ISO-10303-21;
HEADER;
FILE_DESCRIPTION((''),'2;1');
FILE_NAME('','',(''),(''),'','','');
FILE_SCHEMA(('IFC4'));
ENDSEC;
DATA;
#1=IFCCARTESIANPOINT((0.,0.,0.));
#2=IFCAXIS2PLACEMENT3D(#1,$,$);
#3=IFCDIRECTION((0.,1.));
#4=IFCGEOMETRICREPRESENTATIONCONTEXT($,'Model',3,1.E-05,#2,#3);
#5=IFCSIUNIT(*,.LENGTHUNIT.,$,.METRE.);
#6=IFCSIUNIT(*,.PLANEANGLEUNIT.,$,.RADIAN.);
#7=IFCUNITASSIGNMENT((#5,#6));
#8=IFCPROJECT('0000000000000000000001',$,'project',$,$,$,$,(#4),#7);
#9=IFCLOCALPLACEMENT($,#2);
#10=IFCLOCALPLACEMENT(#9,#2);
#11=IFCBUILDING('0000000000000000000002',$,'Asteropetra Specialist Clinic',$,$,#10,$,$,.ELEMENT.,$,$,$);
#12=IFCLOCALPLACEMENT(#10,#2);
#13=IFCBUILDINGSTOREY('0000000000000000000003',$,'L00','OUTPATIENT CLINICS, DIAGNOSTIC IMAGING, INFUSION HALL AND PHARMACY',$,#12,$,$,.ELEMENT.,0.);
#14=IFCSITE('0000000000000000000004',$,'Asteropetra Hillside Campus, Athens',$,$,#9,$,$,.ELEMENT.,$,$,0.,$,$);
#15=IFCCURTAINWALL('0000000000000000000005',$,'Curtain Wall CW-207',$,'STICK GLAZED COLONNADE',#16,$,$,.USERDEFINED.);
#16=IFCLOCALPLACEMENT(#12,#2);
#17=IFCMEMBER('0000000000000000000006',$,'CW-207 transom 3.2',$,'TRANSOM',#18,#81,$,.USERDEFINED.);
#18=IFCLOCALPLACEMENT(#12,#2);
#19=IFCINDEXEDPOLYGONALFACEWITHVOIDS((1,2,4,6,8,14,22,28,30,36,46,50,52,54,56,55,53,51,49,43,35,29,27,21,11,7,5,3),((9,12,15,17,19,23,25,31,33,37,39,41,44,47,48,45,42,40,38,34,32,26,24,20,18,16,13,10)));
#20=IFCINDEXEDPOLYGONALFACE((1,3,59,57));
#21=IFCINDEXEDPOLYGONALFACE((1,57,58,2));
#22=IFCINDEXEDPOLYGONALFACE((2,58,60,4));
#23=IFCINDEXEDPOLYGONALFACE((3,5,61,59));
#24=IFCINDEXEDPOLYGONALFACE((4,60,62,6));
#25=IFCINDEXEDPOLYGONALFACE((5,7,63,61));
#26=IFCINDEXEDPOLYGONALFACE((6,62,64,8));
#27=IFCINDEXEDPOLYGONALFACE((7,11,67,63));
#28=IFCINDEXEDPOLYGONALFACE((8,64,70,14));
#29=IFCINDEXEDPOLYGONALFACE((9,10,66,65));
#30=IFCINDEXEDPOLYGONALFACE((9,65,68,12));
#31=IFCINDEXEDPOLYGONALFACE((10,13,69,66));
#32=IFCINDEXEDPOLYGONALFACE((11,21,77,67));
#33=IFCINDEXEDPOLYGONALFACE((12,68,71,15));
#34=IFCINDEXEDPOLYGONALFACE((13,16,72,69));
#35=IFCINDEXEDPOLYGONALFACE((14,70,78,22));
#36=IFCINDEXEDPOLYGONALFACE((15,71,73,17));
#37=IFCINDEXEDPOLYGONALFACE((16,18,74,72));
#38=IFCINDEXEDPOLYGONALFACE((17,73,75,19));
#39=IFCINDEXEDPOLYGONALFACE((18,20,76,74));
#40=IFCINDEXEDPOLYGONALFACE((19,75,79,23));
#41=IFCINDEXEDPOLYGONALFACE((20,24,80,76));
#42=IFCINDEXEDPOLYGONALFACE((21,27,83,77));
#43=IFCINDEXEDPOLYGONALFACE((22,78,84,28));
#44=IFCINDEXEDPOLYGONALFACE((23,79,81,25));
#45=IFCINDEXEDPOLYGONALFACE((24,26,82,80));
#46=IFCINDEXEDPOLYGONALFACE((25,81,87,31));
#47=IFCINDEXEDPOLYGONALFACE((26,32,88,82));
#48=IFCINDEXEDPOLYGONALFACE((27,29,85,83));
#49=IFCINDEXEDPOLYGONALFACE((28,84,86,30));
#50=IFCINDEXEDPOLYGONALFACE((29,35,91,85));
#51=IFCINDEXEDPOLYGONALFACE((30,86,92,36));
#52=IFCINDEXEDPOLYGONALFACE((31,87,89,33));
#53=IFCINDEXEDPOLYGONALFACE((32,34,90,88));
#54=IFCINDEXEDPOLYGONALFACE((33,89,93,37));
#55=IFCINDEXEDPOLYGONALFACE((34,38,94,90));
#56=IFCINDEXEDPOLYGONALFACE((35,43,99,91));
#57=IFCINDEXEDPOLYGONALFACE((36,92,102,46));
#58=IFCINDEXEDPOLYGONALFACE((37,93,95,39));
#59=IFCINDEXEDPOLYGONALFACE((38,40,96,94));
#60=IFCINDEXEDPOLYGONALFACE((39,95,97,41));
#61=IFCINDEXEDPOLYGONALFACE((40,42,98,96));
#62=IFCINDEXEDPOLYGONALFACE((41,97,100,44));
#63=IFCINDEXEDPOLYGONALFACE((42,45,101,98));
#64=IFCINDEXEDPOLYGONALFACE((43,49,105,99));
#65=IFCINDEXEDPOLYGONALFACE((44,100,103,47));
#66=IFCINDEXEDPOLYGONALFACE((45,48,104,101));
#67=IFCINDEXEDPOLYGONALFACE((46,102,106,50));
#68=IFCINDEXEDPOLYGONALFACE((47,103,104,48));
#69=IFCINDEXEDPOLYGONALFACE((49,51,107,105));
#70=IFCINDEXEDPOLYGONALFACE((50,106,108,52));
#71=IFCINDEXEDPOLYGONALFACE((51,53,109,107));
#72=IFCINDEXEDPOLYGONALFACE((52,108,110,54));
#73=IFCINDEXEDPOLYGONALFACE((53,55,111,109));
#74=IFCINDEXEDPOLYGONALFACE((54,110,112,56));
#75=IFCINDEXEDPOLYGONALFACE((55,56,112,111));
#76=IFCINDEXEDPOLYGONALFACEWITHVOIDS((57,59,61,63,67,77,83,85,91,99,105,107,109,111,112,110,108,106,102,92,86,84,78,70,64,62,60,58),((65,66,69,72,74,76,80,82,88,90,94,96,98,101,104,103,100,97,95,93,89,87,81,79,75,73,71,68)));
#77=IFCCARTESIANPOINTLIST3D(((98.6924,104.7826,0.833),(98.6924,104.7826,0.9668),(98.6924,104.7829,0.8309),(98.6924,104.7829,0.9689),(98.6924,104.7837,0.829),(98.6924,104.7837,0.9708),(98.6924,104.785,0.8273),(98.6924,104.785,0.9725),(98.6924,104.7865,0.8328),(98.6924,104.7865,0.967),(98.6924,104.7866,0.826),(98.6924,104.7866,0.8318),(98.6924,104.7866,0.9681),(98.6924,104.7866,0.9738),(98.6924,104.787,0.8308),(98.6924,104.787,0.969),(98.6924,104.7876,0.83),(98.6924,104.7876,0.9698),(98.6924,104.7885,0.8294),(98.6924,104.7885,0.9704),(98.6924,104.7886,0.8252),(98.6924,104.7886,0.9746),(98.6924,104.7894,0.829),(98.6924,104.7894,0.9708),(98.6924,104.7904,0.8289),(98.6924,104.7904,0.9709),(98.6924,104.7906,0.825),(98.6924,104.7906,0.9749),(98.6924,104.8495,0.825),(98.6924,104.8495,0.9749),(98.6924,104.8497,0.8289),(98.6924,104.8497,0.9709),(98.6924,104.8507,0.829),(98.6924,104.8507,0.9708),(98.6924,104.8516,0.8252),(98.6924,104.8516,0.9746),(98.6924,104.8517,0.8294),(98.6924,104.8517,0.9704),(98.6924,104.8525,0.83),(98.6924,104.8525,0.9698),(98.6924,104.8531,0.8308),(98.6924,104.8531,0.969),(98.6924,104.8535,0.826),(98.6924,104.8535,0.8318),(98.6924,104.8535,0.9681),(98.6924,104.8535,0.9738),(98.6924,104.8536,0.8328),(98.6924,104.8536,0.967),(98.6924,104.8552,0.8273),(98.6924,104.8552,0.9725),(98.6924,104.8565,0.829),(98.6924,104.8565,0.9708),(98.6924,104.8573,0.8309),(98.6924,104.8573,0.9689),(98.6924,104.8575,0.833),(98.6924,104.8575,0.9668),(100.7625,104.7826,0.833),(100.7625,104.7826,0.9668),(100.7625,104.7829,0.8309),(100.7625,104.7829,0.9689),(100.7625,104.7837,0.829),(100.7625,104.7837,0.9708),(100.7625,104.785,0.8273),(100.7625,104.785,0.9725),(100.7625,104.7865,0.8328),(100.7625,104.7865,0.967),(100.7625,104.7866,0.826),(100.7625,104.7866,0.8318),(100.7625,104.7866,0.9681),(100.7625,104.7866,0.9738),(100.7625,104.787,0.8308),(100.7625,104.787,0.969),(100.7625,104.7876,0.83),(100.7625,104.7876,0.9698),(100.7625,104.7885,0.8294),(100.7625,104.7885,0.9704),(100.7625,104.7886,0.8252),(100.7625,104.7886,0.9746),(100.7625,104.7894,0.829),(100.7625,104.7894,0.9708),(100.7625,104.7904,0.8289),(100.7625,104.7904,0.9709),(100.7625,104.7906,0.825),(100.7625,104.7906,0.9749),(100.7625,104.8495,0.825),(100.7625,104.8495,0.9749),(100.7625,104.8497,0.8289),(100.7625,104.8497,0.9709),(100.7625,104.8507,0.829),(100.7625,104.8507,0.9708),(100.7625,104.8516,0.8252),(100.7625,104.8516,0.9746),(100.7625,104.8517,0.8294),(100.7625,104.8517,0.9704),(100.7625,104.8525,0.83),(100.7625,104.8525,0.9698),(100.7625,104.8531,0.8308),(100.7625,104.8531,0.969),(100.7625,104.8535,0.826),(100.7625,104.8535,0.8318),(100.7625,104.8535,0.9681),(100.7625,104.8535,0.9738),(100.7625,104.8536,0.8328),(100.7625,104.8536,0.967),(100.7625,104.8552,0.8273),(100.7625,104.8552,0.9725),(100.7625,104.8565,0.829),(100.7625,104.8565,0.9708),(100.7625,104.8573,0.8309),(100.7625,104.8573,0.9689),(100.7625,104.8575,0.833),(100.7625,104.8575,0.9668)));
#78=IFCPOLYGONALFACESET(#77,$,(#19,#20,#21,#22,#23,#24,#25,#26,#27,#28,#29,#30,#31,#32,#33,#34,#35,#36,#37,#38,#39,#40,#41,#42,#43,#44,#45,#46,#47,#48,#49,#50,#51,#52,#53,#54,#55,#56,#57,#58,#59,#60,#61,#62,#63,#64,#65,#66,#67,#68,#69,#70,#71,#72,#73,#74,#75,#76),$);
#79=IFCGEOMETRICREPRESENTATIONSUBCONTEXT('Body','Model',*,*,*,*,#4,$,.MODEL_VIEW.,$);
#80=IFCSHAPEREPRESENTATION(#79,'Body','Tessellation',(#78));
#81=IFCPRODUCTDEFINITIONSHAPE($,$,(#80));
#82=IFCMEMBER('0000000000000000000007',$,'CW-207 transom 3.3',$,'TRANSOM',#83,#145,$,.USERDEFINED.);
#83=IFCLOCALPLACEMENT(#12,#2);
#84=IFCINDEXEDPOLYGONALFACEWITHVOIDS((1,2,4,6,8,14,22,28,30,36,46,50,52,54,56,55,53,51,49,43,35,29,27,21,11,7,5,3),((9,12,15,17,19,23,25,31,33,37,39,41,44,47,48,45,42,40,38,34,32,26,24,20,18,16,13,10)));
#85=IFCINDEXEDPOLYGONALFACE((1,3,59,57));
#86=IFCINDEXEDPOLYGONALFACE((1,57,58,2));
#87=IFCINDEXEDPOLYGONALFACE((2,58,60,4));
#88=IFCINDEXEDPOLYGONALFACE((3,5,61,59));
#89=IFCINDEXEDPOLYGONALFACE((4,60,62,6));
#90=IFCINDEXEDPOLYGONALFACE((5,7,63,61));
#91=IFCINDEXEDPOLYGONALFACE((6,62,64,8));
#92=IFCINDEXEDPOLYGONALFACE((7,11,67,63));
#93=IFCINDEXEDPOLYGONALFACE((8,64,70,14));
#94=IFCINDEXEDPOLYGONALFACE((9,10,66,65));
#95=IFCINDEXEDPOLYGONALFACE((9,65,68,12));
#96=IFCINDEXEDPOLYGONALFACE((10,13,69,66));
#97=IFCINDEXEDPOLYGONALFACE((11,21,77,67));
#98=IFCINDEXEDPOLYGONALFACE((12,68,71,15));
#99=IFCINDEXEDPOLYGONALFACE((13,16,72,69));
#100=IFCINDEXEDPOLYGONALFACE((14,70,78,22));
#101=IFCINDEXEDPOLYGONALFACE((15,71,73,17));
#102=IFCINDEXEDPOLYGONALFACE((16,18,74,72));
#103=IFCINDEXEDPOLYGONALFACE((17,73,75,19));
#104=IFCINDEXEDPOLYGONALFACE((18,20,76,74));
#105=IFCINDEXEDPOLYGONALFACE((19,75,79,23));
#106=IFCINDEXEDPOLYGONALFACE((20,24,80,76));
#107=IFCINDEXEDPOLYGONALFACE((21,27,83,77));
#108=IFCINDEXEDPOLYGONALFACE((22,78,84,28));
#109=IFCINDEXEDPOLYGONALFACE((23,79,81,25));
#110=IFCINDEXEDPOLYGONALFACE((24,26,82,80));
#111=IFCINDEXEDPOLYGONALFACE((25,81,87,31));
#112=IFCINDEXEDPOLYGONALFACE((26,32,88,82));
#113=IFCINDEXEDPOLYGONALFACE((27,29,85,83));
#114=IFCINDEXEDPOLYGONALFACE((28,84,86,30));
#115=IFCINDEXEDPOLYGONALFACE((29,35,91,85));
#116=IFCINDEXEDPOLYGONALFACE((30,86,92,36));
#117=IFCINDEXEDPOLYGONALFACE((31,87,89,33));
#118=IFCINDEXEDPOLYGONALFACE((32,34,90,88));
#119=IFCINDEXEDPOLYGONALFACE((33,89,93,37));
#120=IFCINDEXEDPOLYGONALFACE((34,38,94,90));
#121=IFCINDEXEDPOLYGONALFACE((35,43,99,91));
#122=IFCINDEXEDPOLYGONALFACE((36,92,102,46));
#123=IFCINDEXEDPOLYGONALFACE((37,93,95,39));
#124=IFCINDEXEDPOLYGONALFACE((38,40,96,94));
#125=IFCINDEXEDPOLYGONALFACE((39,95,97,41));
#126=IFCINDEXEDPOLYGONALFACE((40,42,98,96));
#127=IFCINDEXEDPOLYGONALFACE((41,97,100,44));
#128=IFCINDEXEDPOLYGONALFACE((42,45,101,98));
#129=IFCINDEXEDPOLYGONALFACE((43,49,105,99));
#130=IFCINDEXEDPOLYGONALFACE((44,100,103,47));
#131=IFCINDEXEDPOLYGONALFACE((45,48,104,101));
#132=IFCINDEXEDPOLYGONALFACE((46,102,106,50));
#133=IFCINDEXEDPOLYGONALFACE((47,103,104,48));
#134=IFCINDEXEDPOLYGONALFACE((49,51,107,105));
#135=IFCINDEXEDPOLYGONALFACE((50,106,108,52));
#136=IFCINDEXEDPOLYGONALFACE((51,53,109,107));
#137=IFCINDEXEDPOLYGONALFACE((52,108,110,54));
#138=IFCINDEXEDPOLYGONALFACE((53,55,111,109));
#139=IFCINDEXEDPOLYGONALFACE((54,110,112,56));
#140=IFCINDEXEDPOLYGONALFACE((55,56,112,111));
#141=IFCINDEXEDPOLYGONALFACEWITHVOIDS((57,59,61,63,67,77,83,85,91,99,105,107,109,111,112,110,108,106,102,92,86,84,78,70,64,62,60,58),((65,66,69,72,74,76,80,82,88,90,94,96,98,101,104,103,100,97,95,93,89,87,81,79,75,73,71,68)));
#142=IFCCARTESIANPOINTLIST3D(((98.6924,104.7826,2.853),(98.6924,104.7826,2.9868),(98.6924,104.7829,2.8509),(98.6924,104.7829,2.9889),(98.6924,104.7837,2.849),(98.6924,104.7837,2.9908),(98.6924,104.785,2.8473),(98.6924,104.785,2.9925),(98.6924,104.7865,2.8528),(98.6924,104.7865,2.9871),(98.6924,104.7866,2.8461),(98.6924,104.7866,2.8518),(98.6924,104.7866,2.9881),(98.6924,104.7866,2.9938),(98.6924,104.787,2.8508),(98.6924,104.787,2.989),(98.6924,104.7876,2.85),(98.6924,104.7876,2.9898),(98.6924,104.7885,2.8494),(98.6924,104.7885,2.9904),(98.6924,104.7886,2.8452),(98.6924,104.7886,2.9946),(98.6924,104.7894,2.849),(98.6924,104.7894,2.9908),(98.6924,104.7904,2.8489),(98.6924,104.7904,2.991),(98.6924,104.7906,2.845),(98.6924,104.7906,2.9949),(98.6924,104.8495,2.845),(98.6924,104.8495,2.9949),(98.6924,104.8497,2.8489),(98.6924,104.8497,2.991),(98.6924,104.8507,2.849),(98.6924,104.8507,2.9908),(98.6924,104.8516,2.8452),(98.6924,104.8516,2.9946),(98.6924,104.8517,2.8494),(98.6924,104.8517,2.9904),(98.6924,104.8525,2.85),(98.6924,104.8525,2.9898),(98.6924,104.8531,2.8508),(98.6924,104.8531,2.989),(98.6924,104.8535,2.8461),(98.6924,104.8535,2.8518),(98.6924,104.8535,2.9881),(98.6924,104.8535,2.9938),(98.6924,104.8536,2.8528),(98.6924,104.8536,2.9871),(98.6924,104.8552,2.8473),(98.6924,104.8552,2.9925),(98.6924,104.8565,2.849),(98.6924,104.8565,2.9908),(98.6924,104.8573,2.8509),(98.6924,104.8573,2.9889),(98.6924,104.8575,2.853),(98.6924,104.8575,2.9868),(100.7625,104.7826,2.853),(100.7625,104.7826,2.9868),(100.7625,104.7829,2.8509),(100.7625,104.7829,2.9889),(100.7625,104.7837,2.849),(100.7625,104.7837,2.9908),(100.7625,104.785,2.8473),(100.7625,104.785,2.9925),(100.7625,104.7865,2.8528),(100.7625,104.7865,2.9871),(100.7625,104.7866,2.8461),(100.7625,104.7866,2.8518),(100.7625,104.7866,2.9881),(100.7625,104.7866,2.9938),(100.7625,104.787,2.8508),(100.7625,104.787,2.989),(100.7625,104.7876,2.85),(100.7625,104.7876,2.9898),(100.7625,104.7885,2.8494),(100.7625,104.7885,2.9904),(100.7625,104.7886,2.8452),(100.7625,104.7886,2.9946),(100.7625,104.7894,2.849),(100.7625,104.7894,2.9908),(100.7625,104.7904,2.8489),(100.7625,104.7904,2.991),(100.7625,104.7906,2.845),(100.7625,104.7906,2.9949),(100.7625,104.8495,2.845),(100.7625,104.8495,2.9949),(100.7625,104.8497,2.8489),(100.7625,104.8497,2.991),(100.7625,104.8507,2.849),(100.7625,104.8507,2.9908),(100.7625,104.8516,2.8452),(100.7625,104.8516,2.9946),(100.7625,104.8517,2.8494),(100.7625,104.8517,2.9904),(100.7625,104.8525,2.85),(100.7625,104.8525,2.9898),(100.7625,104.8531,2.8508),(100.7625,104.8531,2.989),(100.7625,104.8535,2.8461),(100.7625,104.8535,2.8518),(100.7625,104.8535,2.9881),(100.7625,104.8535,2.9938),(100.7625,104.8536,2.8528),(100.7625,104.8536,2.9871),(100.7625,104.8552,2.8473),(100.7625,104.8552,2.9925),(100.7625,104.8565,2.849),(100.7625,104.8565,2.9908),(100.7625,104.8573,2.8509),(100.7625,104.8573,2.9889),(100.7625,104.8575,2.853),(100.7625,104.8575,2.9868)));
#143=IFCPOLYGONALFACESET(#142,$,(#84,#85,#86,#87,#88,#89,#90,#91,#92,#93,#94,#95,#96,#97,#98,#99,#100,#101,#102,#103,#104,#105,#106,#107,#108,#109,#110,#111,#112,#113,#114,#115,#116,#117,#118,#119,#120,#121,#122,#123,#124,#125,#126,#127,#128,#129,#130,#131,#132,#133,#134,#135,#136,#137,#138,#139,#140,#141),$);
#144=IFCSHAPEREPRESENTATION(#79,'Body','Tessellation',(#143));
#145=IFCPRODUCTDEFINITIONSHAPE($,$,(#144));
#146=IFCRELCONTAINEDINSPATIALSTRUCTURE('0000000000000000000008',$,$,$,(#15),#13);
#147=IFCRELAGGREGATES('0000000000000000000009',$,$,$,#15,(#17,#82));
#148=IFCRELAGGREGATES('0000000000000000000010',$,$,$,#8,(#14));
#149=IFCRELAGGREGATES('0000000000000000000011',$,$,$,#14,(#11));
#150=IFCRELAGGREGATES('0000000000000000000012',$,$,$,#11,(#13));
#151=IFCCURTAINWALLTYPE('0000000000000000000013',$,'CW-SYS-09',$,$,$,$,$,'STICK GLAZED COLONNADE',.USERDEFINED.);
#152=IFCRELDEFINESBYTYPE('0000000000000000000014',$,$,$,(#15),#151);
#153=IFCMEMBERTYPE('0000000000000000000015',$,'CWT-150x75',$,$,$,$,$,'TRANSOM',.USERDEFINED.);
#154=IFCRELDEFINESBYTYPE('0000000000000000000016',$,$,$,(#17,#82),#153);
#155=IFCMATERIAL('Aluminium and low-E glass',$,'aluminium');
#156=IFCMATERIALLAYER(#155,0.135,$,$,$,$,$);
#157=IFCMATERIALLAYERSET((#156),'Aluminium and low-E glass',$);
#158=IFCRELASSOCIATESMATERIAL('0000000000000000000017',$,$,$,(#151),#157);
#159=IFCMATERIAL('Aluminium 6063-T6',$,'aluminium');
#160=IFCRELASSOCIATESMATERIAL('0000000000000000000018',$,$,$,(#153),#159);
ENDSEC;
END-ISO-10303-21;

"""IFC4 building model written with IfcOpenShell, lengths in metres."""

from ifc_helpers import new_model, si_unit, direction, frame, origin, origin_2d, place, context, subcontext, project, spatial, hollow_rectangle, extrude, material, layer, layer_set, material_profile, profile_set, type_object, element, aggregate, save


model = new_model("IFC4")

# Units and contexts
model_context = context("Model", 3, precision=1e-05, world=origin(), true_north=direction((0.0, 1.0)))
body_context = subcontext(model_context, "Body", "Model", "MODEL_VIEW")
ifc_project = project(units=[si_unit("LENGTHUNIT", "METRE"), si_unit("PLANEANGLEUNIT", "RADIAN")], contexts=[model_context])

# Site, building, storey
site_placement = place(None, origin())
site = spatial("IfcSite", under=ifc_project, at=site_placement, Name="Asteropetra Hillside Campus, Athens", CompositionType="ELEMENT", RefElevation=0.0)
building_placement = place(site_placement, origin())
building = spatial("IfcBuilding", under=site, at=building_placement, Name="Asteropetra Specialist Clinic", CompositionType="ELEMENT")
storey_placement = place(building_placement, origin())
storey = spatial("IfcBuildingStorey", under=building, at=storey_placement, Name="L00", Description="OUTPATIENT CLINICS, DIAGNOSTIC IMAGING, INFUSION HALL AND PHARMACY", CompositionType="ELEMENT", Elevation=0.0)

# Curtain wall, members
ifc_material_1 = material(Name="Aluminium and low-E glass", Category="aluminium")
ifc_layer_1 = layer(ifc_material_1, 0.135)
ifc_layer_set_1 = layer_set([ifc_layer_1], Name="Aluminium and low-E glass")
curtain_wall_type = type_object("IfcCurtainWallType", Name="CW-SYS-09", ElementType="STICK GLAZED COLONNADE", PredefinedType="USERDEFINED", material=ifc_layer_set_1)
curtain_wall_placement = place(storey_placement, origin())
curtain_wall = element("IfcCurtainWall", 1, at=curtain_wall_placement, inside=storey, type_object=curtain_wall_type, Name="Curtain Wall CW-207", ObjectType="STICK GLAZED COLONNADE", PredefinedType="USERDEFINED")
ifc_material_2 = material(Name="Aluminium 6063-T6", Category="aluminium")
ifc_material_profile_1 = material_profile(ifc_material_2, hollow_rectangle(XDim=0.075, YDim=0.1499, WallThickness=0.0039, InnerFilletRadius=0.0039, OuterFilletRadius=0.0081, at=origin_2d()), Name="TRN 150x75x4.0")
ifc_profile_set_1 = profile_set([ifc_material_profile_1], Name="Aluminium 6063-T6")
member_type_1 = type_object("IfcMemberType", Name="CWT-150x75", ElementType="TRANSOM", PredefinedType="USERDEFINED", material=ifc_profile_set_1)
member_1_placement = place(storey_placement, frame((100.7625, 104.8201, 0.8999), z_axis=(-1.0, 0.0, 0.0), x_axis=(0.0, -1.0, 0.0)))
member_1 = element("IfcMember", 2, at=member_1_placement, type_object=member_type_1, Name="CW-207 transom 3.2", ObjectType="TRANSOM", PredefinedType="USERDEFINED", context=body_context, shape_type="SweptSolid", body=[
    extrude(hollow_rectangle(XDim=0.075, YDim=0.1499, WallThickness=0.0039, InnerFilletRadius=0.0039, OuterFilletRadius=0.0081, at=origin_2d()), origin(), (0.0, 0.0, 1.0), 2.0701),
])
member_2_placement = place(storey_placement, frame((100.7625, 104.8201, 2.9199), z_axis=(-1.0, 0.0, 0.0), x_axis=(0.0, -1.0, 0.0)))
member_2 = element("IfcMember", 3, at=member_2_placement, type_object=member_type_1, Name="CW-207 transom 3.3", ObjectType="TRANSOM", PredefinedType="USERDEFINED", context=body_context, shape_type="SweptSolid", body=[
    extrude(hollow_rectangle(XDim=0.075, YDim=0.1499, WallThickness=0.0039, InnerFilletRadius=0.0039, OuterFilletRadius=0.0081, at=origin_2d()), origin(), (0.0, 0.0, 1.0), 2.0701),
])
aggregate(curtain_wall, [member_1, member_2])

save(model, "model.ifc")
